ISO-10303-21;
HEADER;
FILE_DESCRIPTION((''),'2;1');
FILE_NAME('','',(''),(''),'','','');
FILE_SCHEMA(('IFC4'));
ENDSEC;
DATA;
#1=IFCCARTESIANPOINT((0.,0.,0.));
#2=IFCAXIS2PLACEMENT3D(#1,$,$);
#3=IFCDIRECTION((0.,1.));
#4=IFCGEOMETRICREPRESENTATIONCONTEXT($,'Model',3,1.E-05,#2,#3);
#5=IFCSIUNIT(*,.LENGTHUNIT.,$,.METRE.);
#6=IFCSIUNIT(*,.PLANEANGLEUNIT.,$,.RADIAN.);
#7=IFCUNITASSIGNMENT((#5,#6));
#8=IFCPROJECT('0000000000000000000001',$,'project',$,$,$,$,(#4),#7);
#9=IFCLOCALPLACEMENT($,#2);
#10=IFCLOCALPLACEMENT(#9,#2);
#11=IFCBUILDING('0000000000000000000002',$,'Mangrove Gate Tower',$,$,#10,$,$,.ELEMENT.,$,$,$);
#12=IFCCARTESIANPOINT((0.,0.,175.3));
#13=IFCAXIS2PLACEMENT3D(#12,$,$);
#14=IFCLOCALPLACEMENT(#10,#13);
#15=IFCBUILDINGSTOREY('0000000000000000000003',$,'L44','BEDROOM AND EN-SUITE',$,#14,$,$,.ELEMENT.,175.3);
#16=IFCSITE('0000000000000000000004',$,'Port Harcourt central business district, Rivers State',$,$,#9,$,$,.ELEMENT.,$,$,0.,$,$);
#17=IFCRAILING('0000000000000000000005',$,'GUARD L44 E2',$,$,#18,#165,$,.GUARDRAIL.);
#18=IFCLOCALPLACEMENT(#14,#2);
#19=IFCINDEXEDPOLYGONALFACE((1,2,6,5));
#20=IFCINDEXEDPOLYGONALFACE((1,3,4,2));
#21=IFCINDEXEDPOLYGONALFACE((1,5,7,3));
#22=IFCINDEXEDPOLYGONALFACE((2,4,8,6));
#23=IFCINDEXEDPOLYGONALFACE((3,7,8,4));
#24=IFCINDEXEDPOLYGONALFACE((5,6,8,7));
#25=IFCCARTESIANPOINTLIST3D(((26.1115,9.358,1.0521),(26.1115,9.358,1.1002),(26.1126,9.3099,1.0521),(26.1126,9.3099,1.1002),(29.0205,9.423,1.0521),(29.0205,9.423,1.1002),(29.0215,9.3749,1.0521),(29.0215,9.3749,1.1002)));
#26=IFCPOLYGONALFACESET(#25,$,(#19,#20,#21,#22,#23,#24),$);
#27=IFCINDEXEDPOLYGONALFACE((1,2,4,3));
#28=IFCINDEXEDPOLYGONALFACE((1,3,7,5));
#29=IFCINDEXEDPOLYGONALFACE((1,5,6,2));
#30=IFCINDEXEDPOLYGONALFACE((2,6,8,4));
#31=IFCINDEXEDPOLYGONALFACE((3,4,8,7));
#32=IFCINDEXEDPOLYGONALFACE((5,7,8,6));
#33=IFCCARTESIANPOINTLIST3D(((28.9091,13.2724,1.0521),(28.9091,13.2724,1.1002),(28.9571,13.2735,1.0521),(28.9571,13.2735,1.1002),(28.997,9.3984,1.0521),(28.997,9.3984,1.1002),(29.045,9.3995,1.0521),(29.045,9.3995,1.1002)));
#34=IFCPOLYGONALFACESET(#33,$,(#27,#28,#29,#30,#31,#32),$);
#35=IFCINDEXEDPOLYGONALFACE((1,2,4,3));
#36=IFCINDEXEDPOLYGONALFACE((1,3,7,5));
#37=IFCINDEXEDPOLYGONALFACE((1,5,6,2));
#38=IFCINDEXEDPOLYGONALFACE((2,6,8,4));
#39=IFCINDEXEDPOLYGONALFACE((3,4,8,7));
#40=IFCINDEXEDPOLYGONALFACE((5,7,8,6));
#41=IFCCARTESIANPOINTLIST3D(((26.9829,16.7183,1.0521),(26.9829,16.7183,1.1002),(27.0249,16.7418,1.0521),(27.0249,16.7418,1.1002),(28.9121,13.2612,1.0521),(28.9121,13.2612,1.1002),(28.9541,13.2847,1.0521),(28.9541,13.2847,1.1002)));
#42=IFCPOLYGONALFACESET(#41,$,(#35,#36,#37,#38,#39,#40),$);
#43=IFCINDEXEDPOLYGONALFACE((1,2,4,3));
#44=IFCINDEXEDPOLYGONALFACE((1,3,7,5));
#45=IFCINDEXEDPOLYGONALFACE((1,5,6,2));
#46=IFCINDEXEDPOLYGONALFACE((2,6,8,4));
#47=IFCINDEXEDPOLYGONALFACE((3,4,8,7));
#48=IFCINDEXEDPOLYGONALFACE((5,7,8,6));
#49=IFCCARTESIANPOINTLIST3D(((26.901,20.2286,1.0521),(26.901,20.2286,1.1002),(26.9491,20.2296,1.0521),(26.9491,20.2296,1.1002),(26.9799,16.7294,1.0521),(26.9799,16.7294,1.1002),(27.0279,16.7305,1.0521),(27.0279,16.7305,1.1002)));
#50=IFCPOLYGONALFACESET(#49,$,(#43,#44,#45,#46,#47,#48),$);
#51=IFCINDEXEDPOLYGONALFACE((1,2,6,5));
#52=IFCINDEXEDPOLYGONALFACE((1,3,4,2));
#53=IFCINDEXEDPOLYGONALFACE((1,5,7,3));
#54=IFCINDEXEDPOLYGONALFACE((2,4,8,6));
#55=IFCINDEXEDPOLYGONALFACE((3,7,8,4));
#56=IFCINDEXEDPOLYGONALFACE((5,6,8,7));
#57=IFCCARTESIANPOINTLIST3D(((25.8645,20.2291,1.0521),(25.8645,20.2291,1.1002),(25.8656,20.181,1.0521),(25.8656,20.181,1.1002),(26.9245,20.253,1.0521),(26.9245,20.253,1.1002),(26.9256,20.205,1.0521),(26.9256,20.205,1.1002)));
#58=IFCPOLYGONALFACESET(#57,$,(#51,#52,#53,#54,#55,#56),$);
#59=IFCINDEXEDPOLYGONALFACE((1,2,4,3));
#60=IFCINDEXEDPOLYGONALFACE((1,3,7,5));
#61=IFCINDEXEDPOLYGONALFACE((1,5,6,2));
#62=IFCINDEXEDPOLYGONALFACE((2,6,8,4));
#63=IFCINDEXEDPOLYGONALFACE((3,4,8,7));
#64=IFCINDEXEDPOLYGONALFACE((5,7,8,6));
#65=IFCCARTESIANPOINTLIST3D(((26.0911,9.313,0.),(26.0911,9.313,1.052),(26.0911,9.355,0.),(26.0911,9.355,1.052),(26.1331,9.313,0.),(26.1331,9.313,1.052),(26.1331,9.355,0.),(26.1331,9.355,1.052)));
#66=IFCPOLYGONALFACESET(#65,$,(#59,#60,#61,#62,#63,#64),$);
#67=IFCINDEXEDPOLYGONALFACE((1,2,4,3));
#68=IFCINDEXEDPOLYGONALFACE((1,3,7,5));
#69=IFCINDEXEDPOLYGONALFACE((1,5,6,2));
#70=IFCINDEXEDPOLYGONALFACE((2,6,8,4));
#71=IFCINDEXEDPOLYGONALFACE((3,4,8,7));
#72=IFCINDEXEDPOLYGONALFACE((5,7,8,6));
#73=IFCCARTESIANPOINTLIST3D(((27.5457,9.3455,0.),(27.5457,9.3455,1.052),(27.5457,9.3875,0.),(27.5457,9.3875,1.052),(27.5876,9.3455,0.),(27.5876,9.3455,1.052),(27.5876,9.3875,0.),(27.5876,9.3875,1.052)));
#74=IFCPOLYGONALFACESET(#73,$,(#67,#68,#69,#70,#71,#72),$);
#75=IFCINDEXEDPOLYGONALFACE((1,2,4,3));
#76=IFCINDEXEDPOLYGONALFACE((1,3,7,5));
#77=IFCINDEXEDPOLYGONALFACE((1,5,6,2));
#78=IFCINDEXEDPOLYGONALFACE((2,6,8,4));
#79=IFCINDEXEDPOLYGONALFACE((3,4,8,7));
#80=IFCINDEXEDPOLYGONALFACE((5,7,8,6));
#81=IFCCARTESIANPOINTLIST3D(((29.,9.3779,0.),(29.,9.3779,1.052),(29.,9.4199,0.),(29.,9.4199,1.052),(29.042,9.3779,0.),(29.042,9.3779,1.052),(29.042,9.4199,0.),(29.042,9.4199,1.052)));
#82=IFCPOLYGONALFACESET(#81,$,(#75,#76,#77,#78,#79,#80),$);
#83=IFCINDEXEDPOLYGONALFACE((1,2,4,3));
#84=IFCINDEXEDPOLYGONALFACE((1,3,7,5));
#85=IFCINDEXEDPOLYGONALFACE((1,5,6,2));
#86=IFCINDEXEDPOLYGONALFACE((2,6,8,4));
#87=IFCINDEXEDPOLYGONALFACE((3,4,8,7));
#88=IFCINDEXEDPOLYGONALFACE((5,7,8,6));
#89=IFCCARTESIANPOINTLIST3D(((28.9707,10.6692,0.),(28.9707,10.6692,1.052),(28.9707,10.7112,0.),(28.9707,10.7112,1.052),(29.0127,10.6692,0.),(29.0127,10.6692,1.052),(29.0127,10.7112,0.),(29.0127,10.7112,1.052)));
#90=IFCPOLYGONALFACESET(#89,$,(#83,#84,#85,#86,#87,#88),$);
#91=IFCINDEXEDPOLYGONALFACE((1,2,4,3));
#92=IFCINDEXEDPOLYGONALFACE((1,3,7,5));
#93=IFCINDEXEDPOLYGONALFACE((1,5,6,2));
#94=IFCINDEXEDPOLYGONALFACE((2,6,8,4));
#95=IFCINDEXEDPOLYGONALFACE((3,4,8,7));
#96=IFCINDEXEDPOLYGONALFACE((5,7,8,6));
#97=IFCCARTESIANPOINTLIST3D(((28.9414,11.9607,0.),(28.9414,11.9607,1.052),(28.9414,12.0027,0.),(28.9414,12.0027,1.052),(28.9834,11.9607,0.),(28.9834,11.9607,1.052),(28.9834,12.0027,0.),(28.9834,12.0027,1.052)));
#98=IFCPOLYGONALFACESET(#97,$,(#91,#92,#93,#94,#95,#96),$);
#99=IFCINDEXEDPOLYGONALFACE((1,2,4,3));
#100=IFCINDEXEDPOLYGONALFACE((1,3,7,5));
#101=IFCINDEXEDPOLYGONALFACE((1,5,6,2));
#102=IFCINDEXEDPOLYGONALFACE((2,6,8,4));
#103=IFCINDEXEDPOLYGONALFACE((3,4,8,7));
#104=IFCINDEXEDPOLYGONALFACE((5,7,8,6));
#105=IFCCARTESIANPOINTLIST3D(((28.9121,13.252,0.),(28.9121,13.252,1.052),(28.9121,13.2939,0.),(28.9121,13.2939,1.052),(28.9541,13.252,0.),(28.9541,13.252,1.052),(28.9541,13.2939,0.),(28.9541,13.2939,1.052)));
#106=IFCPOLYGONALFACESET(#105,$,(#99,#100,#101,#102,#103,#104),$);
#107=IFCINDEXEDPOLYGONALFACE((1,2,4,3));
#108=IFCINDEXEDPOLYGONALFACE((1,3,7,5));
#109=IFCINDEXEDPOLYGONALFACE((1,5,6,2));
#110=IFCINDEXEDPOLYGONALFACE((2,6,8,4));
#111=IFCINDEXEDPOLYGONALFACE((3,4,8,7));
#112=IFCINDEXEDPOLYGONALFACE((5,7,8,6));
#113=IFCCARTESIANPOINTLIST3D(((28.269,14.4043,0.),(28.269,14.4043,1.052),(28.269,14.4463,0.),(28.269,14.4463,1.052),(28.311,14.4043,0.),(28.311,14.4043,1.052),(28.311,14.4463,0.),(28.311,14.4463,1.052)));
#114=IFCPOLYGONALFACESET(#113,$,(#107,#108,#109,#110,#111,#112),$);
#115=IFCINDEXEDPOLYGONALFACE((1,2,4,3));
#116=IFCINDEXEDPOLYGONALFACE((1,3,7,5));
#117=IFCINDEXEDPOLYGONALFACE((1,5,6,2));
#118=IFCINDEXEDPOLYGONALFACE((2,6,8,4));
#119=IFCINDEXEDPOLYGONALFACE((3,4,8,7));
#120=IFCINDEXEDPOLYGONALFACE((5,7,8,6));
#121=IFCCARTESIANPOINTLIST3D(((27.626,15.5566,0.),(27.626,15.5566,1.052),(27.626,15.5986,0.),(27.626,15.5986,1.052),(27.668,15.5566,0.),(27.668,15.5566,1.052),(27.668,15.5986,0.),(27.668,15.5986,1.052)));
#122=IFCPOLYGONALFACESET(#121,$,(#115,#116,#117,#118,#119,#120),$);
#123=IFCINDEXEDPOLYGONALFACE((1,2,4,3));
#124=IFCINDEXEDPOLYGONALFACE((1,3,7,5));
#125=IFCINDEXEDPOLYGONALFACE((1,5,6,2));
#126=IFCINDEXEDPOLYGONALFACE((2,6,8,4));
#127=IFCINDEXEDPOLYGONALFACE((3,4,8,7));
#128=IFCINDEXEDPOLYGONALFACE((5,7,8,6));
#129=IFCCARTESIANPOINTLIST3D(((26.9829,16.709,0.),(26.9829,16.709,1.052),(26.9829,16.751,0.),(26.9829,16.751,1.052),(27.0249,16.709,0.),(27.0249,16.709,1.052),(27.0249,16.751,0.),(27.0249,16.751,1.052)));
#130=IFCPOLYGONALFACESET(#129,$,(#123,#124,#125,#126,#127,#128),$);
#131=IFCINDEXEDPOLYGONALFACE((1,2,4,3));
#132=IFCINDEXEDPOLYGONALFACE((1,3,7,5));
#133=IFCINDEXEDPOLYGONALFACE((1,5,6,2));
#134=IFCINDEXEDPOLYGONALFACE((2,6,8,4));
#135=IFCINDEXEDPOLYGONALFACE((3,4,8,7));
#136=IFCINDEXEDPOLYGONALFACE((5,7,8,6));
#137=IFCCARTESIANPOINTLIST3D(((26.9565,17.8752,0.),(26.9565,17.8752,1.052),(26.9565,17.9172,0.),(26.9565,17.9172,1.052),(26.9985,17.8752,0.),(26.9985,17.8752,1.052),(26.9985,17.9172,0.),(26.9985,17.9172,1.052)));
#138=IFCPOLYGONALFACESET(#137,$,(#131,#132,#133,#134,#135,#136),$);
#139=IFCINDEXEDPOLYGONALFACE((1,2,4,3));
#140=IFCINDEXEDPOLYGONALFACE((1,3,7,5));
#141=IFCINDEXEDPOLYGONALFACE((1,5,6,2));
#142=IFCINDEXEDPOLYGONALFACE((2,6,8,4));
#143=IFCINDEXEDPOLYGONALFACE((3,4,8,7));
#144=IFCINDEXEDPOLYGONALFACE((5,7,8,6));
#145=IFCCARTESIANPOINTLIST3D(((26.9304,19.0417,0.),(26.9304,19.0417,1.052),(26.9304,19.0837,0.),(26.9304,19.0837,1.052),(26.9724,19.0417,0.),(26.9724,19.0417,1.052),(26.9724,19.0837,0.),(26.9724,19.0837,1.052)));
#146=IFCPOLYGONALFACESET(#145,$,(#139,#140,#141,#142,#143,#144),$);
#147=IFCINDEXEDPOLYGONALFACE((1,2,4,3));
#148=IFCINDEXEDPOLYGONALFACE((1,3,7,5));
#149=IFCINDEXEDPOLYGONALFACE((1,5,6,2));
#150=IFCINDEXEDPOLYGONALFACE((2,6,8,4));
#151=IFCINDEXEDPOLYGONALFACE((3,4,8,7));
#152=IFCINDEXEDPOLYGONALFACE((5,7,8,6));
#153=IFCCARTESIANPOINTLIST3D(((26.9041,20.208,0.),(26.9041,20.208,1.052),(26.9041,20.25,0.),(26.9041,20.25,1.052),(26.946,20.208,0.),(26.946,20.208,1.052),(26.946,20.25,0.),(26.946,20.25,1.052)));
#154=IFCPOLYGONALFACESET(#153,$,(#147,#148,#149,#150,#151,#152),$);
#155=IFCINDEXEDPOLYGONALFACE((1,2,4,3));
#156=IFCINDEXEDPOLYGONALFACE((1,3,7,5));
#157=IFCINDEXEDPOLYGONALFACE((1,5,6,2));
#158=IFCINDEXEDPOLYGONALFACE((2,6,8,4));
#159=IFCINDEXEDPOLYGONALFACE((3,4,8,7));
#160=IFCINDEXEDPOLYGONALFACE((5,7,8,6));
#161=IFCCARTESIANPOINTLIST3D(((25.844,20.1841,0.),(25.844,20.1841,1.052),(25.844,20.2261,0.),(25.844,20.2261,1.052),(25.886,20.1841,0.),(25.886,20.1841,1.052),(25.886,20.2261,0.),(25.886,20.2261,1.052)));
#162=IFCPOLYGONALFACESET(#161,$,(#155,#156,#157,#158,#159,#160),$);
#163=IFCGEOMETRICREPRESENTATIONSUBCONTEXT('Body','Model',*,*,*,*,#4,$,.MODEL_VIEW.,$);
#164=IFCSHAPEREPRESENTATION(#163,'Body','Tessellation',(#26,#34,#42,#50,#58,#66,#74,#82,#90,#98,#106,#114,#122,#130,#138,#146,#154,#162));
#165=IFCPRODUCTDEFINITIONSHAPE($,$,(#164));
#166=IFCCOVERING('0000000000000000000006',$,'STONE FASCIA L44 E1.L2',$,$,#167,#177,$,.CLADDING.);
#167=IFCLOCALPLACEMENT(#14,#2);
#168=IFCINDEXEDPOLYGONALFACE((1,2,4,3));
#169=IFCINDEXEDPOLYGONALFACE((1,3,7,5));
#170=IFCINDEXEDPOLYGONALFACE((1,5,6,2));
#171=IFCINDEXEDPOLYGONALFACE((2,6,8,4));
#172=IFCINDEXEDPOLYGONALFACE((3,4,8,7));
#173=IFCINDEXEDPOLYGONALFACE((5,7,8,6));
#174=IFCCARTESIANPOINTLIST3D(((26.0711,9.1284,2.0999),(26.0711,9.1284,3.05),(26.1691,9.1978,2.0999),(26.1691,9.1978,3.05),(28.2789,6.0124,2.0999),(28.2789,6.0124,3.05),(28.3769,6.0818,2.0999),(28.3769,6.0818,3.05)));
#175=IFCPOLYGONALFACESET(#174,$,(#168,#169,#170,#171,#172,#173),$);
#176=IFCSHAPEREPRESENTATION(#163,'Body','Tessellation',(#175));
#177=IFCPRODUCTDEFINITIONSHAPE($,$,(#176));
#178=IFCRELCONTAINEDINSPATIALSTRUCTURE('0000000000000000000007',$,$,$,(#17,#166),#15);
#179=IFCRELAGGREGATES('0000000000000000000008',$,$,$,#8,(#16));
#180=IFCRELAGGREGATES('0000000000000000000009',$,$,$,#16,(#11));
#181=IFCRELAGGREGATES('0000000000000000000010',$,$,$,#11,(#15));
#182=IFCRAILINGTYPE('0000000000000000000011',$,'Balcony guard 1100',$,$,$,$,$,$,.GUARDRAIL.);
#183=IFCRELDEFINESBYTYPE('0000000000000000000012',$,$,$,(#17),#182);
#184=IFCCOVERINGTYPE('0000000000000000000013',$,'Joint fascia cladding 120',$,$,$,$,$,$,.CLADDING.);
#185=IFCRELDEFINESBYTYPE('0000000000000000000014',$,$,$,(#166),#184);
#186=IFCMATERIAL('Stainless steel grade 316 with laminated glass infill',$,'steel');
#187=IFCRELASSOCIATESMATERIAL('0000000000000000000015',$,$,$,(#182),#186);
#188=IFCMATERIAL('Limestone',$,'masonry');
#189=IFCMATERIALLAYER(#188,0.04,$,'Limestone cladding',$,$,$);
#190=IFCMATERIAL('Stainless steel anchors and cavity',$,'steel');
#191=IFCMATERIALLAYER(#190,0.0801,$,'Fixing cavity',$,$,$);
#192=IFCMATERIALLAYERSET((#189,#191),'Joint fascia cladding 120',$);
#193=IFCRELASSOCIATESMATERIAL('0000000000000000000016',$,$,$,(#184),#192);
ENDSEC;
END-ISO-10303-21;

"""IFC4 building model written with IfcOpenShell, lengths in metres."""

from ifc_helpers import new_model, si_unit, direction, frame, frame_2d, origin, origin_2d, place, context, subcontext, project, spatial, rectangle, extrude, material, layer, layer_set, type_object, element, save


model = new_model("IFC4")

# Units and contexts
model_context = context("Model", 3, precision=1e-05, world=origin(), true_north=direction((0.0, 1.0)))
body_context = subcontext(model_context, "Body", "Model", "MODEL_VIEW")
ifc_project = project(units=[si_unit("LENGTHUNIT", "METRE"), si_unit("PLANEANGLEUNIT", "RADIAN")], contexts=[model_context])

# Site, building, storey
site_placement = place(None, origin())
site = spatial("IfcSite", under=ifc_project, at=site_placement, Name="Port Harcourt central business district, Rivers State", CompositionType="ELEMENT", RefElevation=0.0)
building_placement = place(site_placement, origin())
building = spatial("IfcBuilding", under=site, at=building_placement, Name="Mangrove Gate Tower", CompositionType="ELEMENT")
storey_placement = place(building_placement, frame((0.0, 0.0, 175.3)))
storey = spatial("IfcBuildingStorey", under=building, at=storey_placement, Name="L44", Description="BEDROOM AND EN-SUITE", CompositionType="ELEMENT", Elevation=175.3)

# Shared definitions
ifc_material_1 = material(Name="Limestone", Category="masonry")

# Railing
ifc_material_2 = material(Name="Stainless steel grade 316 with laminated glass infill", Category="steel")
railing_type = type_object("IfcRailingType", Name="Balcony guard 1100", PredefinedType="GUARDRAIL", material=ifc_material_2)
railing_placement = place(storey_placement, frame((26.1121, 9.334, 0.0)))
element("IfcRailing", 1, at=railing_placement, inside=storey, type_object=railing_type, Name="GUARD L44 E2", PredefinedType="GUARDRAIL", context=body_context, shape_type="SweptSolid", body=[
    extrude(rectangle(XDim=0.0481, YDim=0.0481, at=origin_2d()), frame((0.0, 0.0, 1.0762), z_axis=(0.999751, 0.022319, 0.0), x_axis=(-0.022319, 0.999751, 0.0)), (0.0, 0.0, 1.0), 2.9097),
    extrude(rectangle(XDim=0.0481, YDim=0.0481, at=origin_2d()), frame((2.9089, 0.0649, 1.0762), z_axis=(-0.022681, 0.999743, 0.0), x_axis=(-0.999743, -0.022681, 0.0)), (0.0, 0.0, 1.0), 3.875),
    extrude(rectangle(XDim=0.0481, YDim=0.0481, at=origin_2d()), frame((2.821, 3.939, 1.0762), z_axis=(-0.487307, 0.873231, 0.0), x_axis=(-0.873231, -0.487307, 0.0)), (0.0, 0.0, 1.0), 3.959),
    extrude(rectangle(XDim=0.0481, YDim=0.0481, at=origin_2d()), frame((0.8918, 7.396, 1.0762), z_axis=(-0.022531, 0.999746, 0.0), x_axis=(-0.999746, -0.022531, 0.0)), (0.0, 0.0, 1.0), 3.5),
    extrude(rectangle(XDim=0.0481, YDim=0.0481, at=origin_2d()), frame((0.813, 10.895, 1.0762), z_axis=(-0.999745, -0.022564, 0.0), x_axis=(0.022564, -0.999745, 0.0)), (0.0, 0.0, 1.0), 1.0603),
    extrude(rectangle(XDim=0.042, YDim=0.042, at=origin_2d()), origin(), (0.0, 0.0, 1.0), 1.052),
    extrude(rectangle(XDim=0.042, YDim=0.042, at=origin_2d()), frame((1.4546, 0.0325, 0.0)), (0.0, 0.0, 1.0), 1.052),
    extrude(rectangle(XDim=0.042, YDim=0.042, at=origin_2d()), frame((2.9089, 0.0649, 0.0)), (0.0, 0.0, 1.0), 1.052),
    extrude(rectangle(XDim=0.042, YDim=0.042, at=origin_2d()), frame((2.8796, 1.3562, 0.0)), (0.0, 0.0, 1.0), 1.052),
    extrude(rectangle(XDim=0.042, YDim=0.042, at=origin_2d()), frame((2.8503, 2.6477, 0.0)), (0.0, 0.0, 1.0), 1.052),
    extrude(rectangle(XDim=0.042, YDim=0.042, at=origin_2d()), frame((2.821, 3.939, 0.0)), (0.0, 0.0, 1.0), 1.052),
    extrude(rectangle(XDim=0.042, YDim=0.042, at=origin_2d()), frame((2.178, 5.0913, 0.0)), (0.0, 0.0, 1.0), 1.052),
    extrude(rectangle(XDim=0.042, YDim=0.042, at=origin_2d()), frame((1.5349, 6.2437, 0.0)), (0.0, 0.0, 1.0), 1.052),
    extrude(rectangle(XDim=0.042, YDim=0.042, at=origin_2d()), frame((0.8918, 7.396, 0.0)), (0.0, 0.0, 1.0), 1.052),
    extrude(rectangle(XDim=0.042, YDim=0.042, at=origin_2d()), frame((0.8655, 8.5623, 0.0)), (0.0, 0.0, 1.0), 1.052),
    extrude(rectangle(XDim=0.042, YDim=0.042, at=origin_2d()), frame((0.8394, 9.7288, 0.0)), (0.0, 0.0, 1.0), 1.052),
    extrude(rectangle(XDim=0.042, YDim=0.042, at=origin_2d()), frame((0.813, 10.895, 0.0)), (0.0, 0.0, 1.0), 1.052),
    extrude(rectangle(XDim=0.042, YDim=0.042, at=origin_2d()), frame((-0.2471, 10.8711, 0.0)), (0.0, 0.0, 1.0), 1.052),
])

# Covering
ifc_layer_1 = layer(ifc_material_1, 0.04, Name="Limestone cladding")
ifc_material_3 = material(Name="Stainless steel anchors and cavity", Category="steel")
ifc_layer_2 = layer(ifc_material_3, 0.0801, Name="Fixing cavity")
ifc_layer_set_1 = layer_set([ifc_layer_1, ifc_layer_2], Name="Joint fascia cladding 120")
covering_type = type_object("IfcCoveringType", Name="Joint fascia cladding 120", PredefinedType="CLADDING", material=ifc_layer_set_1)
covering_placement = place(storey_placement, frame((28.3279, 6.0471, 2.0999), z_axis=(0.0, 0.0, 1.0), x_axis=(-0.578126, 0.815948, 0.0)))
element("IfcCovering", 2, at=covering_placement, inside=storey, type_object=covering_type, Name="STONE FASCIA L44 E1.L2", PredefinedType="CLADDING", context=body_context, shape_type="SweptSolid", body=[
    extrude(rectangle(XDim=3.8188, YDim=0.1201, at=frame_2d((1.9094, 0.0))), origin(), (0.0, 0.0, 1.0), 0.9502),
])

save(model, "model.ifc")
